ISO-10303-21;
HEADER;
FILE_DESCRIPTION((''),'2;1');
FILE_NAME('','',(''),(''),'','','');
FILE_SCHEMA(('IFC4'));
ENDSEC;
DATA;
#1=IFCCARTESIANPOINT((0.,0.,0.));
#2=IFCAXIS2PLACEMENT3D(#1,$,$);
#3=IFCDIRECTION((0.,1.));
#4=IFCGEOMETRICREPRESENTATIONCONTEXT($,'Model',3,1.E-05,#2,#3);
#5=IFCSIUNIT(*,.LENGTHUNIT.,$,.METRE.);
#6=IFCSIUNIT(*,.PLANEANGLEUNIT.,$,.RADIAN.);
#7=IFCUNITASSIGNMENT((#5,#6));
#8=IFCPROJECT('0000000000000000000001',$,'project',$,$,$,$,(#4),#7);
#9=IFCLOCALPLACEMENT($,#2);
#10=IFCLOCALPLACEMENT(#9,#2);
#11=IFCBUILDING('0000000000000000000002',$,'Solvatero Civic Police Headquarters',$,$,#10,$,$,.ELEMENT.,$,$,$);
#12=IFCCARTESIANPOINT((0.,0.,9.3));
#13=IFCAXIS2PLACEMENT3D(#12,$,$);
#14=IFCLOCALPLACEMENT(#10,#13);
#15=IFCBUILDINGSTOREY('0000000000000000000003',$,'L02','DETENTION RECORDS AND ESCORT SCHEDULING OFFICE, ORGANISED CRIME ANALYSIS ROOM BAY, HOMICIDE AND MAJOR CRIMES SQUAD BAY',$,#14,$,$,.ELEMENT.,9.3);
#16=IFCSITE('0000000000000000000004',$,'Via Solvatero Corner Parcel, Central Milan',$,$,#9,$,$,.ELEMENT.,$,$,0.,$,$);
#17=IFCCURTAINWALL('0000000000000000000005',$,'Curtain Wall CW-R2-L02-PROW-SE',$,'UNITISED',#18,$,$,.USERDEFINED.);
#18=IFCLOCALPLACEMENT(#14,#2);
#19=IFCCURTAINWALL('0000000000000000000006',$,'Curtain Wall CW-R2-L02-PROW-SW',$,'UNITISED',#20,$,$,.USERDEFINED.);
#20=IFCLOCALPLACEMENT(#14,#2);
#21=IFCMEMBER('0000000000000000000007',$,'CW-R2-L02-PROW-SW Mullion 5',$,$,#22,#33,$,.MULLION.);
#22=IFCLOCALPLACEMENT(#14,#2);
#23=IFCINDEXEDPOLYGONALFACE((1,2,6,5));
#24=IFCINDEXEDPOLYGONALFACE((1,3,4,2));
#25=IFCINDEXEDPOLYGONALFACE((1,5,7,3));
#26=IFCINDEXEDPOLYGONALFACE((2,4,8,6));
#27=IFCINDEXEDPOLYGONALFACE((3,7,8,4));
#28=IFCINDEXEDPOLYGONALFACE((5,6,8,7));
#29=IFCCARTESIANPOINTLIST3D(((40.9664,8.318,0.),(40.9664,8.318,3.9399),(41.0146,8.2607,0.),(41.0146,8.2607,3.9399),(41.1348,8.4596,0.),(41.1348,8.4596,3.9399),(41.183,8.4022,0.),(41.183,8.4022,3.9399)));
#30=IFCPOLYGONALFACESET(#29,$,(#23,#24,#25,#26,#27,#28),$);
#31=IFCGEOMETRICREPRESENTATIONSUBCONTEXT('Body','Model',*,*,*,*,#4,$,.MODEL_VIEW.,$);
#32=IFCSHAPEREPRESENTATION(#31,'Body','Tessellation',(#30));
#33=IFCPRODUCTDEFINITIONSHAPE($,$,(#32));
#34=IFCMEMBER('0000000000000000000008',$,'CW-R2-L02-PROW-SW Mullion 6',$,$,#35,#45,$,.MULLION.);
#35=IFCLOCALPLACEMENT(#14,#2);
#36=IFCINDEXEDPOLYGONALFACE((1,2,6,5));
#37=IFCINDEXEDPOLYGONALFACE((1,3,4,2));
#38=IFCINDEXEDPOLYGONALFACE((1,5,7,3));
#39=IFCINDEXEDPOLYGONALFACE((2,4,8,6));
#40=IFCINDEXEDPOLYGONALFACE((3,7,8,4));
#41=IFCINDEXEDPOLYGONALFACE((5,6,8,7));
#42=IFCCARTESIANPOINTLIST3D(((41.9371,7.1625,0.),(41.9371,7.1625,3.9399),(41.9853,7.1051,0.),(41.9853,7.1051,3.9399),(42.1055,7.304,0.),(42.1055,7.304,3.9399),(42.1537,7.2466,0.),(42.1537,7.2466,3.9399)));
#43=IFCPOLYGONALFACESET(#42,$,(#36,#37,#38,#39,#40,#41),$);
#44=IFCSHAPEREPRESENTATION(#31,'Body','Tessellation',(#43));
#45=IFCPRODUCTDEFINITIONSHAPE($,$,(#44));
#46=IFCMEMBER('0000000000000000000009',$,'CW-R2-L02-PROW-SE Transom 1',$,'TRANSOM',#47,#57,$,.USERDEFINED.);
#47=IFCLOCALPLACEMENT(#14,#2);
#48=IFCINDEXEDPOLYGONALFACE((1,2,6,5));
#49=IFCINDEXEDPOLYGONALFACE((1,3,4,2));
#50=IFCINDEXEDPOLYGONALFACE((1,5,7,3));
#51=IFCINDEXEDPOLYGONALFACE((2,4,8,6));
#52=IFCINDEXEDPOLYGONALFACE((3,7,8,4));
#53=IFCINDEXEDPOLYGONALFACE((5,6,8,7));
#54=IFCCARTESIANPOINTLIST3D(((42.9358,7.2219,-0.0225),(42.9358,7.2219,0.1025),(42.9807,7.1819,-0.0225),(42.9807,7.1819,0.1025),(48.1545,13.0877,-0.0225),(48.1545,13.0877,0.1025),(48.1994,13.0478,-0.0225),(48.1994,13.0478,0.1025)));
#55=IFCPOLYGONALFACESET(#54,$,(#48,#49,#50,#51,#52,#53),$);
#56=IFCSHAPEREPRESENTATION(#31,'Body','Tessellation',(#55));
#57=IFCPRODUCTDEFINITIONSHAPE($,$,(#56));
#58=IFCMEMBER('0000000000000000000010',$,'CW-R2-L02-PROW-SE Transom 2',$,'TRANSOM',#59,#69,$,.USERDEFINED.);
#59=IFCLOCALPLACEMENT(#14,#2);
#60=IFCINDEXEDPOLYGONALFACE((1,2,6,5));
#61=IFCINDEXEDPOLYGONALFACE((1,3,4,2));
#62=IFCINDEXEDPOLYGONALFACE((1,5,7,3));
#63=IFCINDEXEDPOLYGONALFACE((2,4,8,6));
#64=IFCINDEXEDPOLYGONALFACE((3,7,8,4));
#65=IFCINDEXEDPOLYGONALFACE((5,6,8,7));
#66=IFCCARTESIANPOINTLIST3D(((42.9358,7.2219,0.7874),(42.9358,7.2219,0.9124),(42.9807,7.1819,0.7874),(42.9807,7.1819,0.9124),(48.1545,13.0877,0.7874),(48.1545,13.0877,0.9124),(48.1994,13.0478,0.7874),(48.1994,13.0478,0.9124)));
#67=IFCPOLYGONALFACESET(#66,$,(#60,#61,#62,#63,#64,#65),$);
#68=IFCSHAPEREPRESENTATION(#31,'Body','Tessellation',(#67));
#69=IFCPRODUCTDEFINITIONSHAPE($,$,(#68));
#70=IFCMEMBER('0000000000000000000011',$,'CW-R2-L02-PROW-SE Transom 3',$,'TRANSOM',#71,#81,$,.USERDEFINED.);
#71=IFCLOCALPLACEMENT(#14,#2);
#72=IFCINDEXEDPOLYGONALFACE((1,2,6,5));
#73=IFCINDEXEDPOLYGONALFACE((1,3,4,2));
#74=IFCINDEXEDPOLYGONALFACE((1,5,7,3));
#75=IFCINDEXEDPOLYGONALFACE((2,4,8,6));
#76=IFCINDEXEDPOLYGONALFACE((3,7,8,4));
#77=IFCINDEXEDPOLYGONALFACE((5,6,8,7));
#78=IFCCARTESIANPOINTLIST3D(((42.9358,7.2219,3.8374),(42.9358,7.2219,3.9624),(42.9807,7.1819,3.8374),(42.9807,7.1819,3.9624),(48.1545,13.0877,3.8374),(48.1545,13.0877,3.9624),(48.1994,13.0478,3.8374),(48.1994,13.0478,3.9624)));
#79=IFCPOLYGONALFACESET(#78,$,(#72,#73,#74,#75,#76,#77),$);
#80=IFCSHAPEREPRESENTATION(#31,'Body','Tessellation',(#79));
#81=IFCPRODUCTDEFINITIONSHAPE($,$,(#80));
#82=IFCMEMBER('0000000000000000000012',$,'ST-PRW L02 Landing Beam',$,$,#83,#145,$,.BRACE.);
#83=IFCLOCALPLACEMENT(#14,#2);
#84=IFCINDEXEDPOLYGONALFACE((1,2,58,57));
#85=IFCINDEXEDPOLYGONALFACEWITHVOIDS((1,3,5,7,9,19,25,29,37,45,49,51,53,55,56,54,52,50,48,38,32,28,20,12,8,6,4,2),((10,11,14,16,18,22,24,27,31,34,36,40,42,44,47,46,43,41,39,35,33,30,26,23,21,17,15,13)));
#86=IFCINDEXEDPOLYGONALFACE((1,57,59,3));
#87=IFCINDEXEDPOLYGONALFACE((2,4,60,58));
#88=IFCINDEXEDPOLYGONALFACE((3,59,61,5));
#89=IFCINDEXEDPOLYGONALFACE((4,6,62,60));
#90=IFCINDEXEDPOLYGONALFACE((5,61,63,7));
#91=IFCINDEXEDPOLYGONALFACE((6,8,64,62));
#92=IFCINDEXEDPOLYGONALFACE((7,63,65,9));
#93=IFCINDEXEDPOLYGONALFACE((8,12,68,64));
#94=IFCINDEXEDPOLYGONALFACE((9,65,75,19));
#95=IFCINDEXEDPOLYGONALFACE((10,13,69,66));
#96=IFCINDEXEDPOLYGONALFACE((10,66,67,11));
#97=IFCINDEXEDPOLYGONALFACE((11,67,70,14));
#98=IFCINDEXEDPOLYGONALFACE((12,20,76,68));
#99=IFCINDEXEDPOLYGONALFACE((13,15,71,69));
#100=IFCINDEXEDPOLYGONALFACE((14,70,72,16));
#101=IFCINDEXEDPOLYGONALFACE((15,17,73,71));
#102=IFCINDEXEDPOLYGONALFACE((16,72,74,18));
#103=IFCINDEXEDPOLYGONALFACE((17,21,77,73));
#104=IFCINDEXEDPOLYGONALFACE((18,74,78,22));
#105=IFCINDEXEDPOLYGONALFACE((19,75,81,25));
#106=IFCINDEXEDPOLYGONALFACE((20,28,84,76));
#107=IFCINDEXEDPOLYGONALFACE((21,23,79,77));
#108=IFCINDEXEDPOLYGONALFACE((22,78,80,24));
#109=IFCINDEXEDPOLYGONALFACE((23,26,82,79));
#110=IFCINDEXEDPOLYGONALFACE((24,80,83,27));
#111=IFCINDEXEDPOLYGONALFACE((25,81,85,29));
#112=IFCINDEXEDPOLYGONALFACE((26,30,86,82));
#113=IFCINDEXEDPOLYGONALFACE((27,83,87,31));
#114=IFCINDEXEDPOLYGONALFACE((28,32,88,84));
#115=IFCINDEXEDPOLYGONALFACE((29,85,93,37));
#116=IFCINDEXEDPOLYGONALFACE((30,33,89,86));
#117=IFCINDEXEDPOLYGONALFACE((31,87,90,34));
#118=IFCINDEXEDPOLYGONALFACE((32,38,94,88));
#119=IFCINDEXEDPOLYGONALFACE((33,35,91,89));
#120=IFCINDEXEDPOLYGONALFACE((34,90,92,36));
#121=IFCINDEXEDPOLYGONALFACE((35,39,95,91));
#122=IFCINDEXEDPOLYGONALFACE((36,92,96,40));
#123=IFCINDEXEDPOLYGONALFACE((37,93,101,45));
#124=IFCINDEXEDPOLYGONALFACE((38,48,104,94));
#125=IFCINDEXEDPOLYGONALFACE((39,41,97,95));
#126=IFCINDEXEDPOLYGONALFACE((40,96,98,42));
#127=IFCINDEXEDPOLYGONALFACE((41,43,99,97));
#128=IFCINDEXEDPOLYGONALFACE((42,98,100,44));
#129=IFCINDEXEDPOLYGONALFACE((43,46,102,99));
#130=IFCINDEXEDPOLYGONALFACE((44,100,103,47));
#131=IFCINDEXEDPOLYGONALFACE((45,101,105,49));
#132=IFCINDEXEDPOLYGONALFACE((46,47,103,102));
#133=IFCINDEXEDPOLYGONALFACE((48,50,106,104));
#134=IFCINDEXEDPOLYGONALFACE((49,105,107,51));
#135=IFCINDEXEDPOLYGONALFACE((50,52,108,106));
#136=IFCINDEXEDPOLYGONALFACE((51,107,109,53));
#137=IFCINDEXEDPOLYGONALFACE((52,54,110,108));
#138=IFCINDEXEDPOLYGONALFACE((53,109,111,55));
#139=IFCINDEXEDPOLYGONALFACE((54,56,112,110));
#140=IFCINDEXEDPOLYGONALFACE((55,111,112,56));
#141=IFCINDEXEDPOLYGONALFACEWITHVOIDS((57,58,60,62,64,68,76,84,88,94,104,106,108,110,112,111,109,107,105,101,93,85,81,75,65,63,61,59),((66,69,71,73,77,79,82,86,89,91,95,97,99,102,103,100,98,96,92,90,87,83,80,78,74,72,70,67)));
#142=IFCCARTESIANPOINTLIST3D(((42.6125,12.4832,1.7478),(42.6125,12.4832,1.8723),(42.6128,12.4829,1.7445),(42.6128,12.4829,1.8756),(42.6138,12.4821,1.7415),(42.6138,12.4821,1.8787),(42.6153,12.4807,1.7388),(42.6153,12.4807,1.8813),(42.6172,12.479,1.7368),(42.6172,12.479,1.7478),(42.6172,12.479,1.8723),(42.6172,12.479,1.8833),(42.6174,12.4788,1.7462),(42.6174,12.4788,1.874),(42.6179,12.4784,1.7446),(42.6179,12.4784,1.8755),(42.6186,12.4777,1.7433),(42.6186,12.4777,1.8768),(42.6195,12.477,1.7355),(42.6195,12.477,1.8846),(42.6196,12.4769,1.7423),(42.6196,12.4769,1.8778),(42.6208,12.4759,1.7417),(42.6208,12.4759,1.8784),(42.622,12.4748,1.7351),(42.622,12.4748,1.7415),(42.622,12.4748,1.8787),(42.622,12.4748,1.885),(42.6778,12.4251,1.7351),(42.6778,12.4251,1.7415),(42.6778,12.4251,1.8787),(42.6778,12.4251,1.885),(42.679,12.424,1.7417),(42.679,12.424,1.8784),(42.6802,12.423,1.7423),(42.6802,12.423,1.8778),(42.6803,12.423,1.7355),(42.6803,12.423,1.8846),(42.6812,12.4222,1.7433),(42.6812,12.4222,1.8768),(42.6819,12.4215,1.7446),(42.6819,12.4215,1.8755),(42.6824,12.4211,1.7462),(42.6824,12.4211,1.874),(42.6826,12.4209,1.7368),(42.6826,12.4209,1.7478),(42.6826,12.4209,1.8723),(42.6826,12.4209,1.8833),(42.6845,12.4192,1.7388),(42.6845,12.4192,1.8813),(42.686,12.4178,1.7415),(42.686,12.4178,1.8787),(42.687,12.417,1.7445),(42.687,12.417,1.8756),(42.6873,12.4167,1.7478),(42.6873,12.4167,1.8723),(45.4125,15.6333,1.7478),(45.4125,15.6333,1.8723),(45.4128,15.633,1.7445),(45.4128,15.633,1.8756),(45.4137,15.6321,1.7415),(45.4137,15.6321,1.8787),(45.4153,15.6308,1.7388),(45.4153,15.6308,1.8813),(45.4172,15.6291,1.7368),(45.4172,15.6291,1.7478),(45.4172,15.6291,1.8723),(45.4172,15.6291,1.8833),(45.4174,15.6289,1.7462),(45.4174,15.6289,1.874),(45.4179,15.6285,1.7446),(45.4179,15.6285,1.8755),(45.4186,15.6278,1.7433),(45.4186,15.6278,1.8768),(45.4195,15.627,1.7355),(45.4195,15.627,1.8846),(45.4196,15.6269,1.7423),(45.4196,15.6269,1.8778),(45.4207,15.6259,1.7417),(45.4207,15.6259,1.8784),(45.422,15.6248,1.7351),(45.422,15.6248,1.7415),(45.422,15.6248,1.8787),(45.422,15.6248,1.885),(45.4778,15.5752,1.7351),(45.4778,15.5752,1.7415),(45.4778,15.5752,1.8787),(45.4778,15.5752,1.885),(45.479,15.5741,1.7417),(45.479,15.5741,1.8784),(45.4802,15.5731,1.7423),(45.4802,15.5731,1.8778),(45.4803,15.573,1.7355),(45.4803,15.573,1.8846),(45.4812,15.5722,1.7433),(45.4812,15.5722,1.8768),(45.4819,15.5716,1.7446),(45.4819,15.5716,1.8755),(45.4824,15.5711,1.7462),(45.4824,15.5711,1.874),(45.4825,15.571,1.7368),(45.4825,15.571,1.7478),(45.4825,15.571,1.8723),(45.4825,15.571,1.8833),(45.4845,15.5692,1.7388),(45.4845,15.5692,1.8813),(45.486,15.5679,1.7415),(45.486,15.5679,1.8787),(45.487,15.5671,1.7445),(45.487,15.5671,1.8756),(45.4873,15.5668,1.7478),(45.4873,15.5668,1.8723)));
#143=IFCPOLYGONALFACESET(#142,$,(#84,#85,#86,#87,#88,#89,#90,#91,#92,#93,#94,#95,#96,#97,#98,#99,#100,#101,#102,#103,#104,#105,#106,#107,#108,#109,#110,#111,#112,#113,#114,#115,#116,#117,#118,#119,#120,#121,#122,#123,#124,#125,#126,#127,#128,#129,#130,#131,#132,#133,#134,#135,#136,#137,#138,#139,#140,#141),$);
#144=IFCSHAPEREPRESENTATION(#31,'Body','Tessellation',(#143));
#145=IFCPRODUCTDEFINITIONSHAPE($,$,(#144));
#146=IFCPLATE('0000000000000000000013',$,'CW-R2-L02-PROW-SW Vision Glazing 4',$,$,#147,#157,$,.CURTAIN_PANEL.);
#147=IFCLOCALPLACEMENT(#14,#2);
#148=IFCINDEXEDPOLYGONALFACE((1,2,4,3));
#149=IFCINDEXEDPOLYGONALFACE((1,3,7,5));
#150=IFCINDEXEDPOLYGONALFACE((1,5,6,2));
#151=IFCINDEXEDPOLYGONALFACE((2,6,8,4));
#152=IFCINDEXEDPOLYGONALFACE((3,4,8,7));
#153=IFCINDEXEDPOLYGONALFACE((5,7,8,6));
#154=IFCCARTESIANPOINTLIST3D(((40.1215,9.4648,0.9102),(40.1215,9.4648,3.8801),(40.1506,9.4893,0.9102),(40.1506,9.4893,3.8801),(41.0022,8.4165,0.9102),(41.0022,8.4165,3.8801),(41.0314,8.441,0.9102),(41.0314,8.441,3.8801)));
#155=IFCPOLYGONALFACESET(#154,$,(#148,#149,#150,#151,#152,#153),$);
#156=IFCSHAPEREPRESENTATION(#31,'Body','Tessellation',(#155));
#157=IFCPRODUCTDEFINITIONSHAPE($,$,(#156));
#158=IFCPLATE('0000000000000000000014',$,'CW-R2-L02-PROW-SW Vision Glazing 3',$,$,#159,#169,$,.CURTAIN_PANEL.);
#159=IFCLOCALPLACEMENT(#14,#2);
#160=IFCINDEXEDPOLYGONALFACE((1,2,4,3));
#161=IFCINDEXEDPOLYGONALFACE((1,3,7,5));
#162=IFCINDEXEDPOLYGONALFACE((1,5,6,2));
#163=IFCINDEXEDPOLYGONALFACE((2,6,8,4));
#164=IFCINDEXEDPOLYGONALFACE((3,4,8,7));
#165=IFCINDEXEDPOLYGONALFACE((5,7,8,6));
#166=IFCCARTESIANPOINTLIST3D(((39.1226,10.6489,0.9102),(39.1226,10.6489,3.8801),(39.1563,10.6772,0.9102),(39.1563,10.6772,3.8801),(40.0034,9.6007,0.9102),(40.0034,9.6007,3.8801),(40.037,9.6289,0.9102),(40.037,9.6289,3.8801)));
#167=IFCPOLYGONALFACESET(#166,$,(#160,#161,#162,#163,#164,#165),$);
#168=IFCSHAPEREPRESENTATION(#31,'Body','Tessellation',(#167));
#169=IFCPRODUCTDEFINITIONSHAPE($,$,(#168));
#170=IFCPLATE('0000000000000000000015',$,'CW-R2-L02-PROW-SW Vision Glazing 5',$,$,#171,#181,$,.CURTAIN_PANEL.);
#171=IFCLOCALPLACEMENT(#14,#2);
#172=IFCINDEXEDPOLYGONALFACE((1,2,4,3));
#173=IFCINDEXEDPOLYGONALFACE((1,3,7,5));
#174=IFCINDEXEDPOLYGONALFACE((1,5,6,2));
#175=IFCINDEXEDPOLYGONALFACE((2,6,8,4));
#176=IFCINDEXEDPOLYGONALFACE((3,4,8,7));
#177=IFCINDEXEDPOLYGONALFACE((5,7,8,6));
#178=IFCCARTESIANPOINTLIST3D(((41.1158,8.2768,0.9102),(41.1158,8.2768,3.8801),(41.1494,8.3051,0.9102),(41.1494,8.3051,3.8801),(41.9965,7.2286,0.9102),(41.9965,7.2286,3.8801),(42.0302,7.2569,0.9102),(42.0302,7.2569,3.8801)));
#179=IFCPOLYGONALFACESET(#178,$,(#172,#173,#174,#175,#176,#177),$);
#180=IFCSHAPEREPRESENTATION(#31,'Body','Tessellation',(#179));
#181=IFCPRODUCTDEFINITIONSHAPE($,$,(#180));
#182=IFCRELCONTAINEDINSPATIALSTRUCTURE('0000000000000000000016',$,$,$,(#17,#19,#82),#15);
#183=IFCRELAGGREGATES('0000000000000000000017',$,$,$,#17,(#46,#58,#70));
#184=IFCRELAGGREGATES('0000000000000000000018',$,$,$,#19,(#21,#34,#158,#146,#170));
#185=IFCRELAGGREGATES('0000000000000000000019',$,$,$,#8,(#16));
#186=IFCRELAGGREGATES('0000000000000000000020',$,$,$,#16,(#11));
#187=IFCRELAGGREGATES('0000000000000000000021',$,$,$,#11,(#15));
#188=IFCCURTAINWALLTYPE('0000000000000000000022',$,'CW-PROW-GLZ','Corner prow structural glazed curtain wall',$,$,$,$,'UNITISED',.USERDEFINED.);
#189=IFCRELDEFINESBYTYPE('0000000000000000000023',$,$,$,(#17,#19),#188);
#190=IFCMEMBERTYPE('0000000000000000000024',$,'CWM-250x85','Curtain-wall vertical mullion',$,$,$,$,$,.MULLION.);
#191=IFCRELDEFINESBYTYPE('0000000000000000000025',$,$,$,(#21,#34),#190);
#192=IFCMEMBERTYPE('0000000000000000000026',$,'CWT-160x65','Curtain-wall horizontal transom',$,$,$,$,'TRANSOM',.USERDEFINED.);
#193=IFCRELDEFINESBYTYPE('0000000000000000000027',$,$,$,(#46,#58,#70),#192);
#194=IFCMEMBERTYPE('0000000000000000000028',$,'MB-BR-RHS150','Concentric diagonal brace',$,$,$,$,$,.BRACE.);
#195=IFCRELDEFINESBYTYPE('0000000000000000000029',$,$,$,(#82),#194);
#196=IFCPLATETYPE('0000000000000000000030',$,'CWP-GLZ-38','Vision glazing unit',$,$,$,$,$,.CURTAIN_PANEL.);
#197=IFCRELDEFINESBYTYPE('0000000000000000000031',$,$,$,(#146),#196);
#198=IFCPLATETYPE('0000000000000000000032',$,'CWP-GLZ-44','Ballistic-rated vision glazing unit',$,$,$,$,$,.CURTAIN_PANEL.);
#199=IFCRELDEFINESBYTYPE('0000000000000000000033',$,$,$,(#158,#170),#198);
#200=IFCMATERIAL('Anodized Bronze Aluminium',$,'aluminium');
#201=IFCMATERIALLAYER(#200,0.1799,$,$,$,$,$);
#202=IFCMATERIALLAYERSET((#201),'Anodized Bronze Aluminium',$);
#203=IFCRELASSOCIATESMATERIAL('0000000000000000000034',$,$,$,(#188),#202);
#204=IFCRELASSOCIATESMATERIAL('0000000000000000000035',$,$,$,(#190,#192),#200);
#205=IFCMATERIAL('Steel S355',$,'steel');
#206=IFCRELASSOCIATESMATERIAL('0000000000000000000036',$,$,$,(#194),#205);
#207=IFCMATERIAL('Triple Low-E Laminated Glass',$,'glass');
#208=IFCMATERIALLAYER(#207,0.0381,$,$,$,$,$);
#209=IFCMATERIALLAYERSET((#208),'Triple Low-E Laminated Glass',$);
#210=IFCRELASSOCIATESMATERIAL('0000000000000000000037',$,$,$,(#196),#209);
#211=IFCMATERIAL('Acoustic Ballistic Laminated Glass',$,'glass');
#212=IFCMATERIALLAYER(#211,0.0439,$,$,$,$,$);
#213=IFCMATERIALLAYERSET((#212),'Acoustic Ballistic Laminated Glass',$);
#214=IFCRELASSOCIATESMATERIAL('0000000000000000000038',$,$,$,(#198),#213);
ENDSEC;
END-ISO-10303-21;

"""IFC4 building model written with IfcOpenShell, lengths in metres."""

from ifc_helpers import new_model, si_unit, direction, frame, origin, origin_2d, place, context, subcontext, project, spatial, rectangle, hollow_rectangle, extrude, material, layer, layer_set, material_profile, profile_set, type_object, element, aggregate, save


model = new_model("IFC4")

# Units and contexts
model_context = context("Model", 3, precision=1e-05, world=origin(), true_north=direction((0.0, 1.0)))
body_context = subcontext(model_context, "Body", "Model", "MODEL_VIEW")
ifc_project = project(units=[si_unit("LENGTHUNIT", "METRE"), si_unit("PLANEANGLEUNIT", "RADIAN")], contexts=[model_context])

# Site, building, storey
site_placement = place(None, origin())
site = spatial("IfcSite", under=ifc_project, at=site_placement, Name="Via Solvatero Corner Parcel, Central Milan", CompositionType="ELEMENT", RefElevation=0.0)
building_placement = place(site_placement, origin())
building = spatial("IfcBuilding", under=site, at=building_placement, Name="Solvatero Civic Police Headquarters", CompositionType="ELEMENT")
storey_placement = place(building_placement, frame((0.0, 0.0, 9.3)))
storey = spatial("IfcBuildingStorey", under=building, at=storey_placement, Name="L02", Description="DETENTION RECORDS AND ESCORT SCHEDULING OFFICE, ORGANISED CRIME ANALYSIS ROOM BAY, HOMICIDE AND MAJOR CRIMES SQUAD BAY", CompositionType="ELEMENT", Elevation=9.3)

# Shared definitions
ifc_material_1 = material(Name="Steel S355", Category="steel")

# Curtain wall
ifc_material_2 = material(Name="Anodized Bronze Aluminium", Category="aluminium")
ifc_layer_1 = layer(ifc_material_2, 0.1799)
ifc_layer_set_1 = layer_set([ifc_layer_1], Name="Anodized Bronze Aluminium")
curtain_wall_type = type_object("IfcCurtainWallType", Name="CW-PROW-GLZ", Description="Corner prow structural glazed curtain wall", ElementType="UNITISED", PredefinedType="USERDEFINED", material=ifc_layer_set_1)
curtain_wall_1_placement = place(storey_placement, origin())
curtain_wall_1 = element("IfcCurtainWall", 1, at=curtain_wall_1_placement, inside=storey, type_object=curtain_wall_type, Name="Curtain Wall CW-R2-L02-PROW-SE", ObjectType="UNITISED", PredefinedType="USERDEFINED")

# Curtain wall, members
curtain_wall_2_placement = place(storey_placement, origin())
curtain_wall_2 = element("IfcCurtainWall", 2, at=curtain_wall_2_placement, inside=storey, type_object=curtain_wall_type, Name="Curtain Wall CW-R2-L02-PROW-SW", ObjectType="UNITISED", PredefinedType="USERDEFINED")
ifc_material_profile_1 = material_profile(ifc_material_2, rectangle(XDim=0.075, YDim=0.22, at=origin_2d()), Name="ALU MULLION 75x220")
ifc_profile_set_1 = profile_set([ifc_material_profile_1], Name="Anodized Bronze Aluminium")
member_type_1 = type_object("IfcMemberType", Name="CWM-250x85", Description="Curtain-wall vertical mullion", PredefinedType="MULLION", material=ifc_profile_set_1)
member_1_placement = place(storey_placement, frame((41.0747, 8.3601, 0.0), z_axis=(0.0, 0.0, 1.0), x_axis=(0.643282, -0.765629, 0.0)))
member_1 = element("IfcMember", 3, at=member_1_placement, type_object=member_type_1, Name="CW-R2-L02-PROW-SW Mullion 5", PredefinedType="MULLION", context=body_context, shape_type="SweptSolid", body=[
    extrude(rectangle(XDim=0.075, YDim=0.22, at=origin_2d()), origin(), (0.0, 0.0, 1.0), 3.9399),
])
member_2_placement = place(storey_placement, frame((42.0454, 7.2046, 0.0), z_axis=(0.0, 0.0, 1.0), x_axis=(0.643282, -0.765629, 0.0)))
member_2 = element("IfcMember", 4, at=member_2_placement, type_object=member_type_1, Name="CW-R2-L02-PROW-SW Mullion 6", PredefinedType="MULLION", context=body_context, shape_type="SweptSolid", body=[
    extrude(rectangle(XDim=0.075, YDim=0.22, at=origin_2d()), origin(), (0.0, 0.0, 1.0), 3.9399),
])

# Members
ifc_material_profile_2 = material_profile(ifc_material_2, rectangle(XDim=0.0601, YDim=0.125, at=origin_2d()), Name="ALU TRANSOM 60x125")
ifc_profile_set_2 = profile_set([ifc_material_profile_2], Name="Anodized Bronze Aluminium")
member_type_2 = type_object("IfcMemberType", Name="CWT-160x65", Description="Curtain-wall horizontal transom", ElementType="TRANSOM", PredefinedType="USERDEFINED", material=ifc_profile_set_2)
member_3_placement = place(storey_placement, frame((42.9583, 7.2019, 0.04), z_axis=(0.664688, 0.747121, 0.0), x_axis=(-0.747121, 0.664688, 0.0)))
member_3 = element("IfcMember", 5, at=member_3_placement, type_object=member_type_2, Name="CW-R2-L02-PROW-SE Transom 1", ObjectType="TRANSOM", PredefinedType="USERDEFINED", context=body_context, shape_type="SweptSolid", body=[
    extrude(rectangle(XDim=0.0601, YDim=0.125, at=origin_2d()), origin(), (0.0, 0.0, 1.0), 7.8513),
])
member_4_placement = place(storey_placement, frame((42.9583, 7.2019, 0.8499), z_axis=(0.664688, 0.747121, 0.0), x_axis=(-0.747121, 0.664688, 0.0)))
member_4 = element("IfcMember", 6, at=member_4_placement, type_object=member_type_2, Name="CW-R2-L02-PROW-SE Transom 2", ObjectType="TRANSOM", PredefinedType="USERDEFINED", context=body_context, shape_type="SweptSolid", body=[
    extrude(rectangle(XDim=0.0601, YDim=0.125, at=origin_2d()), origin(), (0.0, 0.0, 1.0), 7.8513),
])
member_5_placement = place(storey_placement, frame((42.9583, 7.2019, 3.8999), z_axis=(0.664688, 0.747121, 0.0), x_axis=(-0.747121, 0.664688, 0.0)))
member_5 = element("IfcMember", 7, at=member_5_placement, type_object=member_type_2, Name="CW-R2-L02-PROW-SE Transom 3", ObjectType="TRANSOM", PredefinedType="USERDEFINED", context=body_context, shape_type="SweptSolid", body=[
    extrude(rectangle(XDim=0.0601, YDim=0.125, at=origin_2d()), origin(), (0.0, 0.0, 1.0), 7.8513),
])
aggregate(curtain_wall_1, [member_3, member_4, member_5])
ifc_material_profile_3 = material_profile(ifc_material_1, hollow_rectangle(XDim=0.1001, YDim=0.1499, WallThickness=0.0063, InnerFilletRadius=0.0063, OuterFilletRadius=0.0127, at=origin_2d()), Name="RHS 150x100x6.3")
ifc_profile_set_3 = profile_set([ifc_material_profile_3], Name="Steel S355")
member_type_3 = type_object("IfcMemberType", Name="MB-BR-RHS150", Description="Concentric diagonal brace", PredefinedType="BRACE", material=ifc_profile_set_3)
member_6_placement = place(storey_placement, frame((42.6499, 12.45, 1.8101), z_axis=(0.664353, 0.747419, 0.0), x_axis=(-0.747419, 0.664353, 0.0)))
element("IfcMember", 8, at=member_6_placement, inside=storey, type_object=member_type_3, Name="ST-PRW L02 Landing Beam", PredefinedType="BRACE", context=body_context, shape_type="SweptSolid", body=[
    extrude(hollow_rectangle(XDim=0.1001, YDim=0.1499, WallThickness=0.0063, InnerFilletRadius=0.0063, OuterFilletRadius=0.0127, at=origin_2d()), origin(), (0.0, 0.0, 1.0), 4.2146),
])

# Plates
ifc_material_3 = material(Name="Triple Low-E Laminated Glass", Category="glass")
ifc_layer_2 = layer(ifc_material_3, 0.0381)
ifc_layer_set_2 = layer_set([ifc_layer_2], Name="Triple Low-E Laminated Glass")
plate_type_1 = type_object("IfcPlateType", Name="CWP-GLZ-38", Description="Vision glazing unit", PredefinedType="CURTAIN_PANEL", material=ifc_layer_set_2)
plate_1_placement = place(storey_placement, frame((40.5764, 8.9529, 0.9102), z_axis=(0.0, 0.0, 1.0), x_axis=(0.643282, -0.765629, 0.0)))
plate_1 = element("IfcPlate", 9, at=plate_1_placement, type_object=plate_type_1, Name="CW-R2-L02-PROW-SW Vision Glazing 4", PredefinedType="CURTAIN_PANEL", context=body_context, shape_type="SweptSolid", body=[
    extrude(rectangle(XDim=1.3691, YDim=0.0381, at=origin_2d()), origin(), (0.0, 0.0, 1.0), 2.97),
])
ifc_material_4 = material(Name="Acoustic Ballistic Laminated Glass", Category="glass")
ifc_layer_3 = layer(ifc_material_4, 0.0439)
ifc_layer_set_3 = layer_set([ifc_layer_3], Name="Acoustic Ballistic Laminated Glass")
plate_type_2 = type_object("IfcPlateType", Name="CWP-GLZ-44", Description="Ballistic-rated vision glazing unit", PredefinedType="CURTAIN_PANEL", material=ifc_layer_set_3)
plate_2_placement = place(storey_placement, frame((39.5798, 10.1389, 0.9102), z_axis=(0.0, 0.0, 1.0), x_axis=(0.643282, -0.765629, 0.0)))
plate_2 = element("IfcPlate", 10, at=plate_2_placement, type_object=plate_type_2, Name="CW-R2-L02-PROW-SW Vision Glazing 3", PredefinedType="CURTAIN_PANEL", context=body_context, shape_type="SweptSolid", body=[
    extrude(rectangle(XDim=1.3691, YDim=0.0439, at=origin_2d()), origin(), (0.0, 0.0, 1.0), 2.97),
])
plate_3_placement = place(storey_placement, frame((41.573, 7.7668, 0.9102), z_axis=(0.0, 0.0, 1.0), x_axis=(0.643282, -0.765629, 0.0)))
plate_3 = element("IfcPlate", 11, at=plate_3_placement, type_object=plate_type_2, Name="CW-R2-L02-PROW-SW Vision Glazing 5", PredefinedType="CURTAIN_PANEL", context=body_context, shape_type="SweptSolid", body=[
    extrude(rectangle(XDim=1.3691, YDim=0.0439, at=origin_2d()), origin(), (0.0, 0.0, 1.0), 2.97),
])
aggregate(curtain_wall_2, [member_1, member_2, plate_2, plate_1, plate_3])

save(model, "model.ifc")
